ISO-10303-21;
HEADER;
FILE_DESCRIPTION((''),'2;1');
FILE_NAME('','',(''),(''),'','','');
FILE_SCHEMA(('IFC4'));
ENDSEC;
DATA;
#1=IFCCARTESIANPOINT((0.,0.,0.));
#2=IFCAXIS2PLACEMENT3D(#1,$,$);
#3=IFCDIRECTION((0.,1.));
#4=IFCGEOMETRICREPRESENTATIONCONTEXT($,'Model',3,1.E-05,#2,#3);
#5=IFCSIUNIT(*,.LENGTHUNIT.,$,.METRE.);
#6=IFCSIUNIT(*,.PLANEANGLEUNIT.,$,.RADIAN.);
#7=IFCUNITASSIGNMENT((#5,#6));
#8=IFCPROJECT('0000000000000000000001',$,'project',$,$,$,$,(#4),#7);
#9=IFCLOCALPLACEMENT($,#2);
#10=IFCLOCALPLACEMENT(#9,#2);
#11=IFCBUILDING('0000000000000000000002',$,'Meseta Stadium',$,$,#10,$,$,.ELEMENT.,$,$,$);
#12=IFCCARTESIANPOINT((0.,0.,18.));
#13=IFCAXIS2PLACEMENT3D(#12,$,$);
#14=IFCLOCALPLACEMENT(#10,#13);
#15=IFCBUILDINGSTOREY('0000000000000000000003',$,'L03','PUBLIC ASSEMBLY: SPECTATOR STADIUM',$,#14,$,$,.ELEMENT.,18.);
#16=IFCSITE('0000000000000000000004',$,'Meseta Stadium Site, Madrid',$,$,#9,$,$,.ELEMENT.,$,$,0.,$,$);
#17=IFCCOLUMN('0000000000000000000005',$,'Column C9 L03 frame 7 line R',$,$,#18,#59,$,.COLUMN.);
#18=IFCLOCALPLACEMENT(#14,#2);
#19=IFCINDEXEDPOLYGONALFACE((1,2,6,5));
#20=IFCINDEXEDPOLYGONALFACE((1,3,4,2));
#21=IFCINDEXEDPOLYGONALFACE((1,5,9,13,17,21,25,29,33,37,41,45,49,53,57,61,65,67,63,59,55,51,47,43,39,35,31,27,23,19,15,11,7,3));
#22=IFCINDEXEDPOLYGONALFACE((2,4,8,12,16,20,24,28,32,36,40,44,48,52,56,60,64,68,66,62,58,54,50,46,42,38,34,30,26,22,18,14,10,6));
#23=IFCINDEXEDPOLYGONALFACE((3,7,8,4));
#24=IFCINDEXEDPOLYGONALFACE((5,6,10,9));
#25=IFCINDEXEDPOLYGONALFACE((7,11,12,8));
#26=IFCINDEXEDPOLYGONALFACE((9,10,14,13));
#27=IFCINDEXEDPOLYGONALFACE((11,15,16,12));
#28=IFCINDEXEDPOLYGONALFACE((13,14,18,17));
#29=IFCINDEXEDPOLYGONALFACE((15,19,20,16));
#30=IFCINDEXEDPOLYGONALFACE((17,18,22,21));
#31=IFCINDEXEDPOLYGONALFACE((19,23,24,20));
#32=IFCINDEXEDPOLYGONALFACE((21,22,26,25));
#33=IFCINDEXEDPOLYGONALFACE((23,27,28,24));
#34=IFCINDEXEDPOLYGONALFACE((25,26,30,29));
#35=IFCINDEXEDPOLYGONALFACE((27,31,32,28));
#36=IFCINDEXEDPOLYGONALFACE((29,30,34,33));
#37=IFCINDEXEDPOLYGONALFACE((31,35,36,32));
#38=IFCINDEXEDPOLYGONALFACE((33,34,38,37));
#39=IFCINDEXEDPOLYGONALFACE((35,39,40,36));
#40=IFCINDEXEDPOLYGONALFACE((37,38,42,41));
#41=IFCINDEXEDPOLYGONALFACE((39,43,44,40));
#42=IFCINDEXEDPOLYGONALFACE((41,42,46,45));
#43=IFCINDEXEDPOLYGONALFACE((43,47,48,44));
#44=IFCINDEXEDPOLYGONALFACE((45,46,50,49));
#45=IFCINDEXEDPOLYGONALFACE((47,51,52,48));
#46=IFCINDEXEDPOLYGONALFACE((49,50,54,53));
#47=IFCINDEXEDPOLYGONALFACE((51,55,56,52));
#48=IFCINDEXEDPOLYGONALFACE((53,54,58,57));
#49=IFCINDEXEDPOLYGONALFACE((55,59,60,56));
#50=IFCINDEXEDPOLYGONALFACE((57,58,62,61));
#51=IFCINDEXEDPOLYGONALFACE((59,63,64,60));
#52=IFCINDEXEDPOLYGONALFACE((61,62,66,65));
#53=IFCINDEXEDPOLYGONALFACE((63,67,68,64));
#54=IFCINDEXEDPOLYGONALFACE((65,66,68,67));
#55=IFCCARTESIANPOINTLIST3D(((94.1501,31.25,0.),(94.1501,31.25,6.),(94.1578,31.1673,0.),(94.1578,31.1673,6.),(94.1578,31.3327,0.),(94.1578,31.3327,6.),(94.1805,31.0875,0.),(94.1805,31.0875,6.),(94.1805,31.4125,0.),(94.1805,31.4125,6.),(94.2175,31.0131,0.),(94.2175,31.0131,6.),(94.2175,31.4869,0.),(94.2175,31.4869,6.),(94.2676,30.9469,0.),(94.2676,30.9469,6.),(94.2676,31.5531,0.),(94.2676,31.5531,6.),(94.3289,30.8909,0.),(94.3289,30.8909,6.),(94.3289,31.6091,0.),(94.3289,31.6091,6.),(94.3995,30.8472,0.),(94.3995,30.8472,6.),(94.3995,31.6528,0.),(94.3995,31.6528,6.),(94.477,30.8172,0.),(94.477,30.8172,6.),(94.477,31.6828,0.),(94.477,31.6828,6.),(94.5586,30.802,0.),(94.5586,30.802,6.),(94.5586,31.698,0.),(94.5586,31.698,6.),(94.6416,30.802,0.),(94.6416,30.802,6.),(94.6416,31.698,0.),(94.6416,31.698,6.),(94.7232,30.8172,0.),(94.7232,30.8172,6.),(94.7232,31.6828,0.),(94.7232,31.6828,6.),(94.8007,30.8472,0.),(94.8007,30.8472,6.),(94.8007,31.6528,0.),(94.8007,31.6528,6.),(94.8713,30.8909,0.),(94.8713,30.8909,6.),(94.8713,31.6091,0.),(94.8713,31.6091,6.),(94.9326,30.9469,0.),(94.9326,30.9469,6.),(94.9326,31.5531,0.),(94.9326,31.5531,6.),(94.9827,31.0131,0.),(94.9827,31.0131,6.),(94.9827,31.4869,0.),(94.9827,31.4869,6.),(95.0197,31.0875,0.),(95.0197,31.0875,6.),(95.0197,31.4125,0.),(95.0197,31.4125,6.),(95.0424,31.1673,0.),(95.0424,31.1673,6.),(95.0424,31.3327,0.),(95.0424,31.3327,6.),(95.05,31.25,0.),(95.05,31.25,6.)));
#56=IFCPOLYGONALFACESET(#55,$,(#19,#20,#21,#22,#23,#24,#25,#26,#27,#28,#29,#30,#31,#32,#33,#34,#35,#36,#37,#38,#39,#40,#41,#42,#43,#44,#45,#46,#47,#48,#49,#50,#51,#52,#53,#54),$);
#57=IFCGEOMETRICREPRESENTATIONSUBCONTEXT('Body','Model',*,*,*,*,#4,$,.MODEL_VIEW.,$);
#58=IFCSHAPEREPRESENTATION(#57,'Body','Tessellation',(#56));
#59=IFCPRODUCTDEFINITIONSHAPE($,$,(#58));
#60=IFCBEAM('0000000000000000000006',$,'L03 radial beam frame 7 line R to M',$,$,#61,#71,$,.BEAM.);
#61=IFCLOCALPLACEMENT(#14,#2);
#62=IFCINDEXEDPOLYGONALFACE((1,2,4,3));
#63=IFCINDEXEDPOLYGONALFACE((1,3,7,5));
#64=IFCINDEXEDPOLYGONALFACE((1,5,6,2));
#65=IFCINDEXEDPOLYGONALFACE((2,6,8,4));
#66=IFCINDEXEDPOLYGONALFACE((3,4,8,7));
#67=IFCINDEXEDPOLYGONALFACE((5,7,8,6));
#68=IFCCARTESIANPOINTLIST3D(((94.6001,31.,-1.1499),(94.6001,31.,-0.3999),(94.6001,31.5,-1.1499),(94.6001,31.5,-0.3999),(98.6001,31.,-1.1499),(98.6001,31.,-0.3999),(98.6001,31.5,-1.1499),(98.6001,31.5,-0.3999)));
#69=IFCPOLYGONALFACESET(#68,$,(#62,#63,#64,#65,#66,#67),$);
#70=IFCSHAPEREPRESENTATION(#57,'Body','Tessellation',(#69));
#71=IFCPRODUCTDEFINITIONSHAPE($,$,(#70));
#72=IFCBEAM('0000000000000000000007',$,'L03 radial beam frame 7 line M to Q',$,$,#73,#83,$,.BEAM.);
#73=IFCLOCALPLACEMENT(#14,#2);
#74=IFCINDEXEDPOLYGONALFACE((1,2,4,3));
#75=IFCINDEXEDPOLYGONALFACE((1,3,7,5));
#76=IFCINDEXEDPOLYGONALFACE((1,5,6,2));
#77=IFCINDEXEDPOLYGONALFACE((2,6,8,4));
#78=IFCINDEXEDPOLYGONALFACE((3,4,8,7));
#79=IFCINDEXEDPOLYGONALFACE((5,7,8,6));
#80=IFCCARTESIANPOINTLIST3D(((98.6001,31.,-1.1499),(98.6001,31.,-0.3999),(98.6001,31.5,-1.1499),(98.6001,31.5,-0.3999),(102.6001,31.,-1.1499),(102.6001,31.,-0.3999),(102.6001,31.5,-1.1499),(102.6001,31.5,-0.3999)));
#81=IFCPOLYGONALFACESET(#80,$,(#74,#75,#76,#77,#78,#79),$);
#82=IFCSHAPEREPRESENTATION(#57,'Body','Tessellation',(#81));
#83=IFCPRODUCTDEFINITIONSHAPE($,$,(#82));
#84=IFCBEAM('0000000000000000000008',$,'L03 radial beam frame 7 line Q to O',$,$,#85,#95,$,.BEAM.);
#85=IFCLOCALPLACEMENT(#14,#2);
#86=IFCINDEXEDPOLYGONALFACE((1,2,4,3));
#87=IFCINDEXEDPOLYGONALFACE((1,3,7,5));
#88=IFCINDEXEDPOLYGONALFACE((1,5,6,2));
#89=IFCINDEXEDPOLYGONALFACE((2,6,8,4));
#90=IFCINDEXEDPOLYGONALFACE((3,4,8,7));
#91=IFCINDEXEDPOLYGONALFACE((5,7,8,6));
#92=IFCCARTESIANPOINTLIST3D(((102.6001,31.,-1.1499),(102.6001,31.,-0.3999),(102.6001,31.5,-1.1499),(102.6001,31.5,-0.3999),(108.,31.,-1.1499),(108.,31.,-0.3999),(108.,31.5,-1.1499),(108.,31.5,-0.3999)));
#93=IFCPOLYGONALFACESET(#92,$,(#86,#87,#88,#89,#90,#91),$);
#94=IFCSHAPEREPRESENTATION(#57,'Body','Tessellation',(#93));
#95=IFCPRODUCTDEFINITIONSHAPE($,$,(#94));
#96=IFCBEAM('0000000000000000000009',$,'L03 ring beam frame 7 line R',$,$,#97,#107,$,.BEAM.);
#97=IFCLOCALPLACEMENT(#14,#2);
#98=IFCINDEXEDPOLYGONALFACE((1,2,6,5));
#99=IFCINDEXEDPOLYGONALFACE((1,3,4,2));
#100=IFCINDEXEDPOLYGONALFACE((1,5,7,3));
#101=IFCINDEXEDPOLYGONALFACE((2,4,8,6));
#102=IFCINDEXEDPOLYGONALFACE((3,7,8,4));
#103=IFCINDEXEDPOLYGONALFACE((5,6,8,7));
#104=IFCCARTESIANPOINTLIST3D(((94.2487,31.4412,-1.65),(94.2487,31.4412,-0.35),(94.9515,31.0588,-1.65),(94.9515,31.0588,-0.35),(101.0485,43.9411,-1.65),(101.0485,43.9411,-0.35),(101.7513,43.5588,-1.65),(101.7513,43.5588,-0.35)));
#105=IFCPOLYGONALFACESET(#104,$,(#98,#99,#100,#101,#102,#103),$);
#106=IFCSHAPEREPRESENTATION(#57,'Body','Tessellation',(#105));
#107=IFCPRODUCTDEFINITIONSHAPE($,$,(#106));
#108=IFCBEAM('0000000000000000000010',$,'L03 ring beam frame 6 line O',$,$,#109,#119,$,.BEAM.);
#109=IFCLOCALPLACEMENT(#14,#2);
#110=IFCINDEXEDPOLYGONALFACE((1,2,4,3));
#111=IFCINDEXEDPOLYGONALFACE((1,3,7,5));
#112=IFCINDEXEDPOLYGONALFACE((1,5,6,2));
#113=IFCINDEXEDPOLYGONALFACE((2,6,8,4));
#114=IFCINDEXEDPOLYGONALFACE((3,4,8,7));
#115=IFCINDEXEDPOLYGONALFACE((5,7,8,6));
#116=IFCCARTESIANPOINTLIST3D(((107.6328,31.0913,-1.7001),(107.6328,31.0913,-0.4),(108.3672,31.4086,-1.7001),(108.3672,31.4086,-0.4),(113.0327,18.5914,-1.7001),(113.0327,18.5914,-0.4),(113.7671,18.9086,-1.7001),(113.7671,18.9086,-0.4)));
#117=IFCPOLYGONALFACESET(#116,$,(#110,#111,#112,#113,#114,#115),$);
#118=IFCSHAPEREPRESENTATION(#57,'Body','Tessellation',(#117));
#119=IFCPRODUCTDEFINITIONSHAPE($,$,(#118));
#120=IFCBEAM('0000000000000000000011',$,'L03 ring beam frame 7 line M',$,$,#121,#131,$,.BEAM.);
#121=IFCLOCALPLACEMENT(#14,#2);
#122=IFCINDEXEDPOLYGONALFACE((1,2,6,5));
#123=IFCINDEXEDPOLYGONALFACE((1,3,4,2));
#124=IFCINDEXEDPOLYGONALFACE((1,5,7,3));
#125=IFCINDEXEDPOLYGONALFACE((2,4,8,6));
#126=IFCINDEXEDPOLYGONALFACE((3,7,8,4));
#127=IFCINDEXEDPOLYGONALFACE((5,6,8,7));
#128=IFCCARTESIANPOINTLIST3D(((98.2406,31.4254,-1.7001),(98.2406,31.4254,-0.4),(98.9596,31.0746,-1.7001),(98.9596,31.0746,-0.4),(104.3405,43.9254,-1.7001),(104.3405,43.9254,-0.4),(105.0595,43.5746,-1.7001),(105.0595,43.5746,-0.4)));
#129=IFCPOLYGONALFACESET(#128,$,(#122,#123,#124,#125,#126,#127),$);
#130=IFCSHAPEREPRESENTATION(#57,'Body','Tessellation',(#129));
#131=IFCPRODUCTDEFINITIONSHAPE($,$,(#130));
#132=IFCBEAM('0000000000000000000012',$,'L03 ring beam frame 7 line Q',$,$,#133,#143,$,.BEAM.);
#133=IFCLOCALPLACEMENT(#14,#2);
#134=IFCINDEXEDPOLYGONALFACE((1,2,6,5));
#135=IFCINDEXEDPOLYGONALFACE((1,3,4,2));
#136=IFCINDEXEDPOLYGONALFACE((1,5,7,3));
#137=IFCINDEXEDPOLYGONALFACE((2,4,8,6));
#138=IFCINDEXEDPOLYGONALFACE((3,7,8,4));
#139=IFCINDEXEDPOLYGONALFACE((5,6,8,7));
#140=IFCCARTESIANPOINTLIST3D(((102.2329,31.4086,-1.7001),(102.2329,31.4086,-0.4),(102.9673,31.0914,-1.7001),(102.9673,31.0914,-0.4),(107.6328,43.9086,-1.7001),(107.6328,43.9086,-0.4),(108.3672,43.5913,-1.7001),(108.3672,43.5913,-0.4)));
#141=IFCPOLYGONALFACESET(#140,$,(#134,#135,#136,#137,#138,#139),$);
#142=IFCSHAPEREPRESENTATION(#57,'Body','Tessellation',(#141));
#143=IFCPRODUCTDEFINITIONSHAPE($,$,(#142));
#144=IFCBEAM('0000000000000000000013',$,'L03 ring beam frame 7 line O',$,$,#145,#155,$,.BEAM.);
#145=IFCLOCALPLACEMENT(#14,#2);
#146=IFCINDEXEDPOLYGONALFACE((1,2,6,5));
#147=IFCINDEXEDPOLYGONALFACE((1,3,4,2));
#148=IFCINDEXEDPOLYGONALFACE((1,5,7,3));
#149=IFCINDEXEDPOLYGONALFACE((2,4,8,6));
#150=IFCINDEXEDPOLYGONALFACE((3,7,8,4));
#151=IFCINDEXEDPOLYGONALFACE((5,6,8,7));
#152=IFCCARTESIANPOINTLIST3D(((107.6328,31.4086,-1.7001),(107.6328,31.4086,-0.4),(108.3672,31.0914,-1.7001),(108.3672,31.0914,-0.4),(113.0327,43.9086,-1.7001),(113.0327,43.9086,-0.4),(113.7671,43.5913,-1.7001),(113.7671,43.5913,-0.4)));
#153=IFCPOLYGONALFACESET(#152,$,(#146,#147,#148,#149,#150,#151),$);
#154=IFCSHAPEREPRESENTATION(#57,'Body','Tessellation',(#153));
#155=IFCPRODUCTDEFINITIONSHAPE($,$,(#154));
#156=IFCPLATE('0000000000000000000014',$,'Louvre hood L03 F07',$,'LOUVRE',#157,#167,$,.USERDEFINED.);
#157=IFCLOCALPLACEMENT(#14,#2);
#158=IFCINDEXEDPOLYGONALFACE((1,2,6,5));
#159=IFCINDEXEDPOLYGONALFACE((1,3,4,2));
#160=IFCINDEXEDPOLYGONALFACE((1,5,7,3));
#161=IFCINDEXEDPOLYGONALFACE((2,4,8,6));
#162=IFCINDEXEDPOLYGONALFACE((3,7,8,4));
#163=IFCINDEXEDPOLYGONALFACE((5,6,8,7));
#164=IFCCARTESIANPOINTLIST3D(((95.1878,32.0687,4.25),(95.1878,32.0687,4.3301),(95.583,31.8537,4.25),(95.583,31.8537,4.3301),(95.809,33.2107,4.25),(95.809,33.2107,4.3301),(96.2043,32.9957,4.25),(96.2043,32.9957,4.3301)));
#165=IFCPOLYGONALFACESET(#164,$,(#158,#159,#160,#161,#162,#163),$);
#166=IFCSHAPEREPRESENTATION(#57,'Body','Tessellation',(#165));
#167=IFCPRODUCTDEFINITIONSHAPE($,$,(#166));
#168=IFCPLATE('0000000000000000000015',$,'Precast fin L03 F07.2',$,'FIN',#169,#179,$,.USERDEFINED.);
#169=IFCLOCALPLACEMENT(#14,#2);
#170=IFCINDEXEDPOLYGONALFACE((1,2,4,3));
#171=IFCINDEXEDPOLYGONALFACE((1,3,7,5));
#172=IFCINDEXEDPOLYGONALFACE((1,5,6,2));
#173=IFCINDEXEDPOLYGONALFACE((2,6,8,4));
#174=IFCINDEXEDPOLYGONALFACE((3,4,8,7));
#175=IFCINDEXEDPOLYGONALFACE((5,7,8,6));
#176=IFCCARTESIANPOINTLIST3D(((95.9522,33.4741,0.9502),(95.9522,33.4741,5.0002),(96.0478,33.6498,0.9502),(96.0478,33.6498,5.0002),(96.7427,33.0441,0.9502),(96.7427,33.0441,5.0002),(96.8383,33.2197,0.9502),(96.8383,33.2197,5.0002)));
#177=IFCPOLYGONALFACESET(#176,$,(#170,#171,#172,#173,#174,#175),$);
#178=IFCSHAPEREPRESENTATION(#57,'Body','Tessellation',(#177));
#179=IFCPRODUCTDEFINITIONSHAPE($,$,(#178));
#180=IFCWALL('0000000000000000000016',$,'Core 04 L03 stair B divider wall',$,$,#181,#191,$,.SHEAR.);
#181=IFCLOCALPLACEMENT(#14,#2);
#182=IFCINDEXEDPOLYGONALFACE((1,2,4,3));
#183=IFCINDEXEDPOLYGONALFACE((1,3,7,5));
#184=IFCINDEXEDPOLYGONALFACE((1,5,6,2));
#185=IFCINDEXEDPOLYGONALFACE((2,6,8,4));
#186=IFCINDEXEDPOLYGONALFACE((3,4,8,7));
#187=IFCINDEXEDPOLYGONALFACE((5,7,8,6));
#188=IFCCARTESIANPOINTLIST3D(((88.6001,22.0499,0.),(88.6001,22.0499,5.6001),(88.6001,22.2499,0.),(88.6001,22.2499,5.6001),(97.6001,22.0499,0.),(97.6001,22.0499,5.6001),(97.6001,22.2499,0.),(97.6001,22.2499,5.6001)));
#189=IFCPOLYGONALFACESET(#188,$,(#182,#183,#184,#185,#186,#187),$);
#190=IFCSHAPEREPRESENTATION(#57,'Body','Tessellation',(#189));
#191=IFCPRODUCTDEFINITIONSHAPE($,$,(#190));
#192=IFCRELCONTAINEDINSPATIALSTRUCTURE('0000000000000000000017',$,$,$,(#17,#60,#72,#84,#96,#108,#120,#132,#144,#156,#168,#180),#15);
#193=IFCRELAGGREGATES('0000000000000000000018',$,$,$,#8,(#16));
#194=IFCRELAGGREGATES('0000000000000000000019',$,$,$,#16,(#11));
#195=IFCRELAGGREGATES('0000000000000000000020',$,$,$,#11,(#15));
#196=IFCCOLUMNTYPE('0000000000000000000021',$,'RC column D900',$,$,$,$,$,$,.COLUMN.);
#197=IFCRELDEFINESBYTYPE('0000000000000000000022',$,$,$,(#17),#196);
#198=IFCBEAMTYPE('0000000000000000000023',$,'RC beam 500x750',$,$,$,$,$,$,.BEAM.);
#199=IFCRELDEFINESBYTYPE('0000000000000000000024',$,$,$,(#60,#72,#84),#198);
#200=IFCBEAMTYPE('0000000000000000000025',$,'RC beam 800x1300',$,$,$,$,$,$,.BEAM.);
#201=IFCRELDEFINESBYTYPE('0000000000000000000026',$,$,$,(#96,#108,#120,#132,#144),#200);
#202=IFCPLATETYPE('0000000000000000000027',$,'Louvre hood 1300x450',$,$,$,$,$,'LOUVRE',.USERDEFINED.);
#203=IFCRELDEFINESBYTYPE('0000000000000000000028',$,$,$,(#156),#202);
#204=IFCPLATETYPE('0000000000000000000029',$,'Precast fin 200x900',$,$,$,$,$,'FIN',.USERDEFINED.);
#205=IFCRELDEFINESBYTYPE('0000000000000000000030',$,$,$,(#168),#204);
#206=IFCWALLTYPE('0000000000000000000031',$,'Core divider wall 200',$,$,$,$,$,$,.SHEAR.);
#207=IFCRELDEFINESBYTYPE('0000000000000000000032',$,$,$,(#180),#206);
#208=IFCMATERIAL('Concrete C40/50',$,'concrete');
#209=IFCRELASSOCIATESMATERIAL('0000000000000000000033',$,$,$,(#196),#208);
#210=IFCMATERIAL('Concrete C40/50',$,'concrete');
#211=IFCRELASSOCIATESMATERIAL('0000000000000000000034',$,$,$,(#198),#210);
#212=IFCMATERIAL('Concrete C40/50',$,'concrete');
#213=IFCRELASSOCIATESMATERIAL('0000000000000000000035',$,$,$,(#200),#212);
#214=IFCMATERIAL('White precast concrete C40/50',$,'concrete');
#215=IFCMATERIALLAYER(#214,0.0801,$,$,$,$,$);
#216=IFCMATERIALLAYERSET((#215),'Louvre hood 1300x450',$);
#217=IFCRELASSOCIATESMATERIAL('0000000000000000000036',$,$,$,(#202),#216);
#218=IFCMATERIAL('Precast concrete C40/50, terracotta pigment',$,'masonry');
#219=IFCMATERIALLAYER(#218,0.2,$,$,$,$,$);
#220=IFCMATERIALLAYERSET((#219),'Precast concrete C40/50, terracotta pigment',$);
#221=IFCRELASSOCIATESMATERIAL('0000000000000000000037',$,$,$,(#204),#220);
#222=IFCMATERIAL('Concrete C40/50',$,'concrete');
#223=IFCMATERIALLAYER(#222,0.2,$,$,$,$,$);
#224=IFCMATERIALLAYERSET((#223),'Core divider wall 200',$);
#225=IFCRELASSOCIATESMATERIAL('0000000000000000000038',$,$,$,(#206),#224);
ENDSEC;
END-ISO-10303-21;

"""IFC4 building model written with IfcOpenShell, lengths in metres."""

from ifc_helpers import new_model, si_unit, direction, frame, frame_2d, origin, origin_2d, place, context, subcontext, project, spatial, rectangle, circle, extrude, material, layer, layer_set, material_profile, profile_set, type_object, element, save


model = new_model("IFC4")

# Units and contexts
model_context = context("Model", 3, precision=1e-05, world=origin(), true_north=direction((0.0, 1.0)))
body_context = subcontext(model_context, "Body", "Model", "MODEL_VIEW")
ifc_project = project(units=[si_unit("LENGTHUNIT", "METRE"), si_unit("PLANEANGLEUNIT", "RADIAN")], contexts=[model_context])

# Site, building, storey
site_placement = place(None, origin())
site = spatial("IfcSite", under=ifc_project, at=site_placement, Name="Meseta Stadium Site, Madrid", CompositionType="ELEMENT", RefElevation=0.0)
building_placement = place(site_placement, origin())
building = spatial("IfcBuilding", under=site, at=building_placement, Name="Meseta Stadium", CompositionType="ELEMENT")
storey_placement = place(building_placement, frame((0.0, 0.0, 18.0)))
storey = spatial("IfcBuildingStorey", under=building, at=storey_placement, Name="L03", Description="PUBLIC ASSEMBLY: SPECTATOR STADIUM", CompositionType="ELEMENT", Elevation=18.0)

# Column
ifc_material_1 = material(Name="Concrete C40/50", Category="concrete")
ifc_material_profile_1 = material_profile(ifc_material_1, circle(Radius=0.45, at=origin_2d()), Name="RC D900")
ifc_profile_set_1 = profile_set([ifc_material_profile_1], Name="Concrete C40/50")
column_type = type_object("IfcColumnType", Name="RC column D900", PredefinedType="COLUMN", material=ifc_profile_set_1)
column_placement = place(storey_placement, frame((94.6001, 31.25, 0.0), z_axis=(0.0, 0.0, 1.0), x_axis=(1.0, 0.0, 0.0)))
element("IfcColumn", 1, at=column_placement, inside=storey, type_object=column_type, Name="Column C9 L03 frame 7 line R", PredefinedType="COLUMN", context=body_context, shape_type="SweptSolid", body=[
    extrude(circle(Radius=0.45, at=origin_2d()), origin(), (0.0, 0.0, 1.0), 6.0),
])

# Beams
ifc_material_2 = material(Name="Concrete C40/50", Category="concrete")
ifc_material_profile_2 = material_profile(ifc_material_2, rectangle(XDim=0.5, YDim=0.75, at=origin_2d()), Name="RC 500x750")
ifc_profile_set_2 = profile_set([ifc_material_profile_2], Name="Concrete C40/50")
beam_type_1 = type_object("IfcBeamType", Name="RC beam 500x750", PredefinedType="BEAM", material=ifc_profile_set_2)
for number, where, z_axis, x_axis, name in (
    (2, (94.6001, 31.25, -0.7749), (1.0, 0.0, 0.0), (0.0, 1.0, 0.0), "L03 radial beam frame 7 line R to M"),
    (3, (98.6001, 31.25, -0.7749), (1.0, 0.0, 0.0), (0.0, 1.0, 0.0), "L03 radial beam frame 7 line M to Q"),
):
    element("IfcBeam", number, at=place(storey_placement, frame(where, z_axis=z_axis, x_axis=x_axis)), inside=storey, type_object=beam_type_1, Name=name, PredefinedType="BEAM", context=body_context, shape_type="SweptSolid", body=[
        extrude(rectangle(XDim=0.5, YDim=0.75, at=origin_2d()), origin(), (0.0, 0.0, 1.0), 4.0),
    ])
beam_1_placement = place(storey_placement, frame((102.6001, 31.25, -0.7749), z_axis=(1.0, 0.0, 0.0), x_axis=(0.0, 1.0, 0.0)))
element("IfcBeam", 4, at=beam_1_placement, inside=storey, type_object=beam_type_1, Name="L03 radial beam frame 7 line Q to O", PredefinedType="BEAM", context=body_context, shape_type="SweptSolid", body=[
    extrude(rectangle(XDim=0.5, YDim=0.75, at=origin_2d()), origin(), (0.0, 0.0, 1.0), 5.3999),
])
ifc_material_3 = material(Name="Concrete C40/50", Category="concrete")
ifc_material_profile_3 = material_profile(ifc_material_3, rectangle(XDim=0.8, YDim=1.3, at=origin_2d()), Name="RC 800x1300")
ifc_profile_set_3 = profile_set([ifc_material_profile_3], Name="Concrete C40/50")
beam_type_2 = type_object("IfcBeamType", Name="RC beam 800x1300", PredefinedType="BEAM", material=ifc_profile_set_3)
beam_2_placement = place(storey_placement, frame((94.6001, 31.25, -1.0), z_axis=(0.477856, 0.878438, 0.0), x_axis=(-0.878438, 0.477856, 0.0)))
element("IfcBeam", 5, at=beam_2_placement, inside=storey, type_object=beam_type_2, Name="L03 ring beam frame 7 line R", PredefinedType="BEAM", context=body_context, shape_type="SweptSolid", body=[
    extrude(rectangle(XDim=0.8, YDim=1.3, at=origin_2d()), origin(), (0.0, 0.0, 1.0), 14.2297),
])
beam_3_placement = place(storey_placement, frame((113.3999, 18.75, -1.05), z_axis=(-0.396571, 0.918004, 0.0), x_axis=(-0.918004, -0.396571, 0.0)))
element("IfcBeam", 6, at=beam_3_placement, inside=storey, type_object=beam_type_2, Name="L03 ring beam frame 6 line O", PredefinedType="BEAM", context=body_context, shape_type="SweptSolid", body=[
    extrude(rectangle(XDim=0.8, YDim=1.3, at=origin_2d()), origin(), (0.0, 0.0, 1.0), 13.6165),
])
beam_4_placement = place(storey_placement, frame((98.6001, 31.25, -1.05), z_axis=(0.438557, 0.898703, 0.0), x_axis=(-0.898703, 0.438557, 0.0)))
element("IfcBeam", 7, at=beam_4_placement, inside=storey, type_object=beam_type_2, Name="L03 ring beam frame 7 line M", PredefinedType="BEAM", context=body_context, shape_type="SweptSolid", body=[
    extrude(rectangle(XDim=0.8, YDim=1.3, at=origin_2d()), origin(), (0.0, 0.0, 1.0), 13.9089),
])
for number, where, z_axis, x_axis, name in (
    (8, (102.6001, 31.25, -1.05), (0.396571, 0.918004, 0.0), (-0.918004, 0.396571, 0.0), "L03 ring beam frame 7 line Q"),
    (9, (108.0, 31.25, -1.05), (0.396571, 0.918004, 0.0), (-0.918004, 0.396571, 0.0), "L03 ring beam frame 7 line O"),
):
    element("IfcBeam", number, at=place(storey_placement, frame(where, z_axis=z_axis, x_axis=x_axis)), inside=storey, type_object=beam_type_2, Name=name, PredefinedType="BEAM", context=body_context, shape_type="SweptSolid", body=[
        extrude(rectangle(XDim=0.8, YDim=1.3, at=origin_2d()), origin(), (0.0, 0.0, 1.0), 13.6165),
    ])

# Plates
ifc_material_4 = material(Name="White precast concrete C40/50", Category="concrete")
ifc_layer_1 = layer(ifc_material_4, 0.0801)
ifc_layer_set_1 = layer_set([ifc_layer_1], Name="Louvre hood 1300x450")
plate_type_1 = type_object("IfcPlateType", Name="Louvre hood 1300x450", ElementType="LOUVRE", PredefinedType="USERDEFINED", material=ifc_layer_set_1)
plate_1_placement = place(storey_placement, frame((95.696, 32.5322, 4.25), z_axis=(0.0, 0.0, 1.0), x_axis=(0.477867, 0.878432, 0.0)))
element("IfcPlate", 10, at=plate_1_placement, inside=storey, type_object=plate_type_1, Name="Louvre hood L03 F07", ObjectType="LOUVRE", PredefinedType="USERDEFINED", context=body_context, shape_type="SweptSolid", body=[
    extrude(rectangle(XDim=1.3, YDim=0.45, at=origin_2d()), origin(), (0.0, 0.0, 1.0), 0.0801),
])
ifc_material_5 = material(Name="Precast concrete C40/50, terracotta pigment", Category="masonry")
ifc_layer_2 = layer(ifc_material_5, 0.2)
ifc_layer_set_2 = layer_set([ifc_layer_2], Name="Precast concrete C40/50, terracotta pigment")
plate_type_2 = type_object("IfcPlateType", Name="Precast fin 200x900", ElementType="FIN", PredefinedType="USERDEFINED", material=ifc_layer_set_2)
plate_2_placement = place(storey_placement, frame((96.3953, 33.3469, 0.9502), z_axis=(0.0, 0.0, 1.0), x_axis=(-0.477867, -0.878432, 0.0)))
element("IfcPlate", 11, at=plate_2_placement, inside=storey, type_object=plate_type_2, Name="Precast fin L03 F07.2", ObjectType="FIN", PredefinedType="USERDEFINED", context=body_context, shape_type="SweptSolid", body=[
    extrude(rectangle(XDim=0.2, YDim=0.8999, at=origin_2d()), origin(), (0.0, 0.0, 1.0), 4.05),
])

# Wall
ifc_material_6 = material(Name="Concrete C40/50", Category="concrete")
ifc_layer_3 = layer(ifc_material_6, 0.2)
ifc_layer_set_3 = layer_set([ifc_layer_3], Name="Core divider wall 200")
wall_type_1 = type_object("IfcWallType", Name="Core divider wall 200", PredefinedType="SHEAR", material=ifc_layer_set_3)
wall_1_placement = place(storey_placement, frame((97.6001, 22.1499, 0.0), z_axis=(0.0, 0.0, 1.0), x_axis=(-1.0, 0.0, 0.0)))
element("IfcWall", 12, at=wall_1_placement, inside=storey, type_object=wall_type_1, Name="Core 04 L03 stair B divider wall", PredefinedType="SHEAR", context=body_context, shape_type="SweptSolid", body=[
    extrude(rectangle(XDim=9.0, YDim=0.2, at=frame_2d((4.5, 0.0))), origin(), (0.0, 0.0, 1.0), 5.6001),
])

save(model, "model.ifc")
